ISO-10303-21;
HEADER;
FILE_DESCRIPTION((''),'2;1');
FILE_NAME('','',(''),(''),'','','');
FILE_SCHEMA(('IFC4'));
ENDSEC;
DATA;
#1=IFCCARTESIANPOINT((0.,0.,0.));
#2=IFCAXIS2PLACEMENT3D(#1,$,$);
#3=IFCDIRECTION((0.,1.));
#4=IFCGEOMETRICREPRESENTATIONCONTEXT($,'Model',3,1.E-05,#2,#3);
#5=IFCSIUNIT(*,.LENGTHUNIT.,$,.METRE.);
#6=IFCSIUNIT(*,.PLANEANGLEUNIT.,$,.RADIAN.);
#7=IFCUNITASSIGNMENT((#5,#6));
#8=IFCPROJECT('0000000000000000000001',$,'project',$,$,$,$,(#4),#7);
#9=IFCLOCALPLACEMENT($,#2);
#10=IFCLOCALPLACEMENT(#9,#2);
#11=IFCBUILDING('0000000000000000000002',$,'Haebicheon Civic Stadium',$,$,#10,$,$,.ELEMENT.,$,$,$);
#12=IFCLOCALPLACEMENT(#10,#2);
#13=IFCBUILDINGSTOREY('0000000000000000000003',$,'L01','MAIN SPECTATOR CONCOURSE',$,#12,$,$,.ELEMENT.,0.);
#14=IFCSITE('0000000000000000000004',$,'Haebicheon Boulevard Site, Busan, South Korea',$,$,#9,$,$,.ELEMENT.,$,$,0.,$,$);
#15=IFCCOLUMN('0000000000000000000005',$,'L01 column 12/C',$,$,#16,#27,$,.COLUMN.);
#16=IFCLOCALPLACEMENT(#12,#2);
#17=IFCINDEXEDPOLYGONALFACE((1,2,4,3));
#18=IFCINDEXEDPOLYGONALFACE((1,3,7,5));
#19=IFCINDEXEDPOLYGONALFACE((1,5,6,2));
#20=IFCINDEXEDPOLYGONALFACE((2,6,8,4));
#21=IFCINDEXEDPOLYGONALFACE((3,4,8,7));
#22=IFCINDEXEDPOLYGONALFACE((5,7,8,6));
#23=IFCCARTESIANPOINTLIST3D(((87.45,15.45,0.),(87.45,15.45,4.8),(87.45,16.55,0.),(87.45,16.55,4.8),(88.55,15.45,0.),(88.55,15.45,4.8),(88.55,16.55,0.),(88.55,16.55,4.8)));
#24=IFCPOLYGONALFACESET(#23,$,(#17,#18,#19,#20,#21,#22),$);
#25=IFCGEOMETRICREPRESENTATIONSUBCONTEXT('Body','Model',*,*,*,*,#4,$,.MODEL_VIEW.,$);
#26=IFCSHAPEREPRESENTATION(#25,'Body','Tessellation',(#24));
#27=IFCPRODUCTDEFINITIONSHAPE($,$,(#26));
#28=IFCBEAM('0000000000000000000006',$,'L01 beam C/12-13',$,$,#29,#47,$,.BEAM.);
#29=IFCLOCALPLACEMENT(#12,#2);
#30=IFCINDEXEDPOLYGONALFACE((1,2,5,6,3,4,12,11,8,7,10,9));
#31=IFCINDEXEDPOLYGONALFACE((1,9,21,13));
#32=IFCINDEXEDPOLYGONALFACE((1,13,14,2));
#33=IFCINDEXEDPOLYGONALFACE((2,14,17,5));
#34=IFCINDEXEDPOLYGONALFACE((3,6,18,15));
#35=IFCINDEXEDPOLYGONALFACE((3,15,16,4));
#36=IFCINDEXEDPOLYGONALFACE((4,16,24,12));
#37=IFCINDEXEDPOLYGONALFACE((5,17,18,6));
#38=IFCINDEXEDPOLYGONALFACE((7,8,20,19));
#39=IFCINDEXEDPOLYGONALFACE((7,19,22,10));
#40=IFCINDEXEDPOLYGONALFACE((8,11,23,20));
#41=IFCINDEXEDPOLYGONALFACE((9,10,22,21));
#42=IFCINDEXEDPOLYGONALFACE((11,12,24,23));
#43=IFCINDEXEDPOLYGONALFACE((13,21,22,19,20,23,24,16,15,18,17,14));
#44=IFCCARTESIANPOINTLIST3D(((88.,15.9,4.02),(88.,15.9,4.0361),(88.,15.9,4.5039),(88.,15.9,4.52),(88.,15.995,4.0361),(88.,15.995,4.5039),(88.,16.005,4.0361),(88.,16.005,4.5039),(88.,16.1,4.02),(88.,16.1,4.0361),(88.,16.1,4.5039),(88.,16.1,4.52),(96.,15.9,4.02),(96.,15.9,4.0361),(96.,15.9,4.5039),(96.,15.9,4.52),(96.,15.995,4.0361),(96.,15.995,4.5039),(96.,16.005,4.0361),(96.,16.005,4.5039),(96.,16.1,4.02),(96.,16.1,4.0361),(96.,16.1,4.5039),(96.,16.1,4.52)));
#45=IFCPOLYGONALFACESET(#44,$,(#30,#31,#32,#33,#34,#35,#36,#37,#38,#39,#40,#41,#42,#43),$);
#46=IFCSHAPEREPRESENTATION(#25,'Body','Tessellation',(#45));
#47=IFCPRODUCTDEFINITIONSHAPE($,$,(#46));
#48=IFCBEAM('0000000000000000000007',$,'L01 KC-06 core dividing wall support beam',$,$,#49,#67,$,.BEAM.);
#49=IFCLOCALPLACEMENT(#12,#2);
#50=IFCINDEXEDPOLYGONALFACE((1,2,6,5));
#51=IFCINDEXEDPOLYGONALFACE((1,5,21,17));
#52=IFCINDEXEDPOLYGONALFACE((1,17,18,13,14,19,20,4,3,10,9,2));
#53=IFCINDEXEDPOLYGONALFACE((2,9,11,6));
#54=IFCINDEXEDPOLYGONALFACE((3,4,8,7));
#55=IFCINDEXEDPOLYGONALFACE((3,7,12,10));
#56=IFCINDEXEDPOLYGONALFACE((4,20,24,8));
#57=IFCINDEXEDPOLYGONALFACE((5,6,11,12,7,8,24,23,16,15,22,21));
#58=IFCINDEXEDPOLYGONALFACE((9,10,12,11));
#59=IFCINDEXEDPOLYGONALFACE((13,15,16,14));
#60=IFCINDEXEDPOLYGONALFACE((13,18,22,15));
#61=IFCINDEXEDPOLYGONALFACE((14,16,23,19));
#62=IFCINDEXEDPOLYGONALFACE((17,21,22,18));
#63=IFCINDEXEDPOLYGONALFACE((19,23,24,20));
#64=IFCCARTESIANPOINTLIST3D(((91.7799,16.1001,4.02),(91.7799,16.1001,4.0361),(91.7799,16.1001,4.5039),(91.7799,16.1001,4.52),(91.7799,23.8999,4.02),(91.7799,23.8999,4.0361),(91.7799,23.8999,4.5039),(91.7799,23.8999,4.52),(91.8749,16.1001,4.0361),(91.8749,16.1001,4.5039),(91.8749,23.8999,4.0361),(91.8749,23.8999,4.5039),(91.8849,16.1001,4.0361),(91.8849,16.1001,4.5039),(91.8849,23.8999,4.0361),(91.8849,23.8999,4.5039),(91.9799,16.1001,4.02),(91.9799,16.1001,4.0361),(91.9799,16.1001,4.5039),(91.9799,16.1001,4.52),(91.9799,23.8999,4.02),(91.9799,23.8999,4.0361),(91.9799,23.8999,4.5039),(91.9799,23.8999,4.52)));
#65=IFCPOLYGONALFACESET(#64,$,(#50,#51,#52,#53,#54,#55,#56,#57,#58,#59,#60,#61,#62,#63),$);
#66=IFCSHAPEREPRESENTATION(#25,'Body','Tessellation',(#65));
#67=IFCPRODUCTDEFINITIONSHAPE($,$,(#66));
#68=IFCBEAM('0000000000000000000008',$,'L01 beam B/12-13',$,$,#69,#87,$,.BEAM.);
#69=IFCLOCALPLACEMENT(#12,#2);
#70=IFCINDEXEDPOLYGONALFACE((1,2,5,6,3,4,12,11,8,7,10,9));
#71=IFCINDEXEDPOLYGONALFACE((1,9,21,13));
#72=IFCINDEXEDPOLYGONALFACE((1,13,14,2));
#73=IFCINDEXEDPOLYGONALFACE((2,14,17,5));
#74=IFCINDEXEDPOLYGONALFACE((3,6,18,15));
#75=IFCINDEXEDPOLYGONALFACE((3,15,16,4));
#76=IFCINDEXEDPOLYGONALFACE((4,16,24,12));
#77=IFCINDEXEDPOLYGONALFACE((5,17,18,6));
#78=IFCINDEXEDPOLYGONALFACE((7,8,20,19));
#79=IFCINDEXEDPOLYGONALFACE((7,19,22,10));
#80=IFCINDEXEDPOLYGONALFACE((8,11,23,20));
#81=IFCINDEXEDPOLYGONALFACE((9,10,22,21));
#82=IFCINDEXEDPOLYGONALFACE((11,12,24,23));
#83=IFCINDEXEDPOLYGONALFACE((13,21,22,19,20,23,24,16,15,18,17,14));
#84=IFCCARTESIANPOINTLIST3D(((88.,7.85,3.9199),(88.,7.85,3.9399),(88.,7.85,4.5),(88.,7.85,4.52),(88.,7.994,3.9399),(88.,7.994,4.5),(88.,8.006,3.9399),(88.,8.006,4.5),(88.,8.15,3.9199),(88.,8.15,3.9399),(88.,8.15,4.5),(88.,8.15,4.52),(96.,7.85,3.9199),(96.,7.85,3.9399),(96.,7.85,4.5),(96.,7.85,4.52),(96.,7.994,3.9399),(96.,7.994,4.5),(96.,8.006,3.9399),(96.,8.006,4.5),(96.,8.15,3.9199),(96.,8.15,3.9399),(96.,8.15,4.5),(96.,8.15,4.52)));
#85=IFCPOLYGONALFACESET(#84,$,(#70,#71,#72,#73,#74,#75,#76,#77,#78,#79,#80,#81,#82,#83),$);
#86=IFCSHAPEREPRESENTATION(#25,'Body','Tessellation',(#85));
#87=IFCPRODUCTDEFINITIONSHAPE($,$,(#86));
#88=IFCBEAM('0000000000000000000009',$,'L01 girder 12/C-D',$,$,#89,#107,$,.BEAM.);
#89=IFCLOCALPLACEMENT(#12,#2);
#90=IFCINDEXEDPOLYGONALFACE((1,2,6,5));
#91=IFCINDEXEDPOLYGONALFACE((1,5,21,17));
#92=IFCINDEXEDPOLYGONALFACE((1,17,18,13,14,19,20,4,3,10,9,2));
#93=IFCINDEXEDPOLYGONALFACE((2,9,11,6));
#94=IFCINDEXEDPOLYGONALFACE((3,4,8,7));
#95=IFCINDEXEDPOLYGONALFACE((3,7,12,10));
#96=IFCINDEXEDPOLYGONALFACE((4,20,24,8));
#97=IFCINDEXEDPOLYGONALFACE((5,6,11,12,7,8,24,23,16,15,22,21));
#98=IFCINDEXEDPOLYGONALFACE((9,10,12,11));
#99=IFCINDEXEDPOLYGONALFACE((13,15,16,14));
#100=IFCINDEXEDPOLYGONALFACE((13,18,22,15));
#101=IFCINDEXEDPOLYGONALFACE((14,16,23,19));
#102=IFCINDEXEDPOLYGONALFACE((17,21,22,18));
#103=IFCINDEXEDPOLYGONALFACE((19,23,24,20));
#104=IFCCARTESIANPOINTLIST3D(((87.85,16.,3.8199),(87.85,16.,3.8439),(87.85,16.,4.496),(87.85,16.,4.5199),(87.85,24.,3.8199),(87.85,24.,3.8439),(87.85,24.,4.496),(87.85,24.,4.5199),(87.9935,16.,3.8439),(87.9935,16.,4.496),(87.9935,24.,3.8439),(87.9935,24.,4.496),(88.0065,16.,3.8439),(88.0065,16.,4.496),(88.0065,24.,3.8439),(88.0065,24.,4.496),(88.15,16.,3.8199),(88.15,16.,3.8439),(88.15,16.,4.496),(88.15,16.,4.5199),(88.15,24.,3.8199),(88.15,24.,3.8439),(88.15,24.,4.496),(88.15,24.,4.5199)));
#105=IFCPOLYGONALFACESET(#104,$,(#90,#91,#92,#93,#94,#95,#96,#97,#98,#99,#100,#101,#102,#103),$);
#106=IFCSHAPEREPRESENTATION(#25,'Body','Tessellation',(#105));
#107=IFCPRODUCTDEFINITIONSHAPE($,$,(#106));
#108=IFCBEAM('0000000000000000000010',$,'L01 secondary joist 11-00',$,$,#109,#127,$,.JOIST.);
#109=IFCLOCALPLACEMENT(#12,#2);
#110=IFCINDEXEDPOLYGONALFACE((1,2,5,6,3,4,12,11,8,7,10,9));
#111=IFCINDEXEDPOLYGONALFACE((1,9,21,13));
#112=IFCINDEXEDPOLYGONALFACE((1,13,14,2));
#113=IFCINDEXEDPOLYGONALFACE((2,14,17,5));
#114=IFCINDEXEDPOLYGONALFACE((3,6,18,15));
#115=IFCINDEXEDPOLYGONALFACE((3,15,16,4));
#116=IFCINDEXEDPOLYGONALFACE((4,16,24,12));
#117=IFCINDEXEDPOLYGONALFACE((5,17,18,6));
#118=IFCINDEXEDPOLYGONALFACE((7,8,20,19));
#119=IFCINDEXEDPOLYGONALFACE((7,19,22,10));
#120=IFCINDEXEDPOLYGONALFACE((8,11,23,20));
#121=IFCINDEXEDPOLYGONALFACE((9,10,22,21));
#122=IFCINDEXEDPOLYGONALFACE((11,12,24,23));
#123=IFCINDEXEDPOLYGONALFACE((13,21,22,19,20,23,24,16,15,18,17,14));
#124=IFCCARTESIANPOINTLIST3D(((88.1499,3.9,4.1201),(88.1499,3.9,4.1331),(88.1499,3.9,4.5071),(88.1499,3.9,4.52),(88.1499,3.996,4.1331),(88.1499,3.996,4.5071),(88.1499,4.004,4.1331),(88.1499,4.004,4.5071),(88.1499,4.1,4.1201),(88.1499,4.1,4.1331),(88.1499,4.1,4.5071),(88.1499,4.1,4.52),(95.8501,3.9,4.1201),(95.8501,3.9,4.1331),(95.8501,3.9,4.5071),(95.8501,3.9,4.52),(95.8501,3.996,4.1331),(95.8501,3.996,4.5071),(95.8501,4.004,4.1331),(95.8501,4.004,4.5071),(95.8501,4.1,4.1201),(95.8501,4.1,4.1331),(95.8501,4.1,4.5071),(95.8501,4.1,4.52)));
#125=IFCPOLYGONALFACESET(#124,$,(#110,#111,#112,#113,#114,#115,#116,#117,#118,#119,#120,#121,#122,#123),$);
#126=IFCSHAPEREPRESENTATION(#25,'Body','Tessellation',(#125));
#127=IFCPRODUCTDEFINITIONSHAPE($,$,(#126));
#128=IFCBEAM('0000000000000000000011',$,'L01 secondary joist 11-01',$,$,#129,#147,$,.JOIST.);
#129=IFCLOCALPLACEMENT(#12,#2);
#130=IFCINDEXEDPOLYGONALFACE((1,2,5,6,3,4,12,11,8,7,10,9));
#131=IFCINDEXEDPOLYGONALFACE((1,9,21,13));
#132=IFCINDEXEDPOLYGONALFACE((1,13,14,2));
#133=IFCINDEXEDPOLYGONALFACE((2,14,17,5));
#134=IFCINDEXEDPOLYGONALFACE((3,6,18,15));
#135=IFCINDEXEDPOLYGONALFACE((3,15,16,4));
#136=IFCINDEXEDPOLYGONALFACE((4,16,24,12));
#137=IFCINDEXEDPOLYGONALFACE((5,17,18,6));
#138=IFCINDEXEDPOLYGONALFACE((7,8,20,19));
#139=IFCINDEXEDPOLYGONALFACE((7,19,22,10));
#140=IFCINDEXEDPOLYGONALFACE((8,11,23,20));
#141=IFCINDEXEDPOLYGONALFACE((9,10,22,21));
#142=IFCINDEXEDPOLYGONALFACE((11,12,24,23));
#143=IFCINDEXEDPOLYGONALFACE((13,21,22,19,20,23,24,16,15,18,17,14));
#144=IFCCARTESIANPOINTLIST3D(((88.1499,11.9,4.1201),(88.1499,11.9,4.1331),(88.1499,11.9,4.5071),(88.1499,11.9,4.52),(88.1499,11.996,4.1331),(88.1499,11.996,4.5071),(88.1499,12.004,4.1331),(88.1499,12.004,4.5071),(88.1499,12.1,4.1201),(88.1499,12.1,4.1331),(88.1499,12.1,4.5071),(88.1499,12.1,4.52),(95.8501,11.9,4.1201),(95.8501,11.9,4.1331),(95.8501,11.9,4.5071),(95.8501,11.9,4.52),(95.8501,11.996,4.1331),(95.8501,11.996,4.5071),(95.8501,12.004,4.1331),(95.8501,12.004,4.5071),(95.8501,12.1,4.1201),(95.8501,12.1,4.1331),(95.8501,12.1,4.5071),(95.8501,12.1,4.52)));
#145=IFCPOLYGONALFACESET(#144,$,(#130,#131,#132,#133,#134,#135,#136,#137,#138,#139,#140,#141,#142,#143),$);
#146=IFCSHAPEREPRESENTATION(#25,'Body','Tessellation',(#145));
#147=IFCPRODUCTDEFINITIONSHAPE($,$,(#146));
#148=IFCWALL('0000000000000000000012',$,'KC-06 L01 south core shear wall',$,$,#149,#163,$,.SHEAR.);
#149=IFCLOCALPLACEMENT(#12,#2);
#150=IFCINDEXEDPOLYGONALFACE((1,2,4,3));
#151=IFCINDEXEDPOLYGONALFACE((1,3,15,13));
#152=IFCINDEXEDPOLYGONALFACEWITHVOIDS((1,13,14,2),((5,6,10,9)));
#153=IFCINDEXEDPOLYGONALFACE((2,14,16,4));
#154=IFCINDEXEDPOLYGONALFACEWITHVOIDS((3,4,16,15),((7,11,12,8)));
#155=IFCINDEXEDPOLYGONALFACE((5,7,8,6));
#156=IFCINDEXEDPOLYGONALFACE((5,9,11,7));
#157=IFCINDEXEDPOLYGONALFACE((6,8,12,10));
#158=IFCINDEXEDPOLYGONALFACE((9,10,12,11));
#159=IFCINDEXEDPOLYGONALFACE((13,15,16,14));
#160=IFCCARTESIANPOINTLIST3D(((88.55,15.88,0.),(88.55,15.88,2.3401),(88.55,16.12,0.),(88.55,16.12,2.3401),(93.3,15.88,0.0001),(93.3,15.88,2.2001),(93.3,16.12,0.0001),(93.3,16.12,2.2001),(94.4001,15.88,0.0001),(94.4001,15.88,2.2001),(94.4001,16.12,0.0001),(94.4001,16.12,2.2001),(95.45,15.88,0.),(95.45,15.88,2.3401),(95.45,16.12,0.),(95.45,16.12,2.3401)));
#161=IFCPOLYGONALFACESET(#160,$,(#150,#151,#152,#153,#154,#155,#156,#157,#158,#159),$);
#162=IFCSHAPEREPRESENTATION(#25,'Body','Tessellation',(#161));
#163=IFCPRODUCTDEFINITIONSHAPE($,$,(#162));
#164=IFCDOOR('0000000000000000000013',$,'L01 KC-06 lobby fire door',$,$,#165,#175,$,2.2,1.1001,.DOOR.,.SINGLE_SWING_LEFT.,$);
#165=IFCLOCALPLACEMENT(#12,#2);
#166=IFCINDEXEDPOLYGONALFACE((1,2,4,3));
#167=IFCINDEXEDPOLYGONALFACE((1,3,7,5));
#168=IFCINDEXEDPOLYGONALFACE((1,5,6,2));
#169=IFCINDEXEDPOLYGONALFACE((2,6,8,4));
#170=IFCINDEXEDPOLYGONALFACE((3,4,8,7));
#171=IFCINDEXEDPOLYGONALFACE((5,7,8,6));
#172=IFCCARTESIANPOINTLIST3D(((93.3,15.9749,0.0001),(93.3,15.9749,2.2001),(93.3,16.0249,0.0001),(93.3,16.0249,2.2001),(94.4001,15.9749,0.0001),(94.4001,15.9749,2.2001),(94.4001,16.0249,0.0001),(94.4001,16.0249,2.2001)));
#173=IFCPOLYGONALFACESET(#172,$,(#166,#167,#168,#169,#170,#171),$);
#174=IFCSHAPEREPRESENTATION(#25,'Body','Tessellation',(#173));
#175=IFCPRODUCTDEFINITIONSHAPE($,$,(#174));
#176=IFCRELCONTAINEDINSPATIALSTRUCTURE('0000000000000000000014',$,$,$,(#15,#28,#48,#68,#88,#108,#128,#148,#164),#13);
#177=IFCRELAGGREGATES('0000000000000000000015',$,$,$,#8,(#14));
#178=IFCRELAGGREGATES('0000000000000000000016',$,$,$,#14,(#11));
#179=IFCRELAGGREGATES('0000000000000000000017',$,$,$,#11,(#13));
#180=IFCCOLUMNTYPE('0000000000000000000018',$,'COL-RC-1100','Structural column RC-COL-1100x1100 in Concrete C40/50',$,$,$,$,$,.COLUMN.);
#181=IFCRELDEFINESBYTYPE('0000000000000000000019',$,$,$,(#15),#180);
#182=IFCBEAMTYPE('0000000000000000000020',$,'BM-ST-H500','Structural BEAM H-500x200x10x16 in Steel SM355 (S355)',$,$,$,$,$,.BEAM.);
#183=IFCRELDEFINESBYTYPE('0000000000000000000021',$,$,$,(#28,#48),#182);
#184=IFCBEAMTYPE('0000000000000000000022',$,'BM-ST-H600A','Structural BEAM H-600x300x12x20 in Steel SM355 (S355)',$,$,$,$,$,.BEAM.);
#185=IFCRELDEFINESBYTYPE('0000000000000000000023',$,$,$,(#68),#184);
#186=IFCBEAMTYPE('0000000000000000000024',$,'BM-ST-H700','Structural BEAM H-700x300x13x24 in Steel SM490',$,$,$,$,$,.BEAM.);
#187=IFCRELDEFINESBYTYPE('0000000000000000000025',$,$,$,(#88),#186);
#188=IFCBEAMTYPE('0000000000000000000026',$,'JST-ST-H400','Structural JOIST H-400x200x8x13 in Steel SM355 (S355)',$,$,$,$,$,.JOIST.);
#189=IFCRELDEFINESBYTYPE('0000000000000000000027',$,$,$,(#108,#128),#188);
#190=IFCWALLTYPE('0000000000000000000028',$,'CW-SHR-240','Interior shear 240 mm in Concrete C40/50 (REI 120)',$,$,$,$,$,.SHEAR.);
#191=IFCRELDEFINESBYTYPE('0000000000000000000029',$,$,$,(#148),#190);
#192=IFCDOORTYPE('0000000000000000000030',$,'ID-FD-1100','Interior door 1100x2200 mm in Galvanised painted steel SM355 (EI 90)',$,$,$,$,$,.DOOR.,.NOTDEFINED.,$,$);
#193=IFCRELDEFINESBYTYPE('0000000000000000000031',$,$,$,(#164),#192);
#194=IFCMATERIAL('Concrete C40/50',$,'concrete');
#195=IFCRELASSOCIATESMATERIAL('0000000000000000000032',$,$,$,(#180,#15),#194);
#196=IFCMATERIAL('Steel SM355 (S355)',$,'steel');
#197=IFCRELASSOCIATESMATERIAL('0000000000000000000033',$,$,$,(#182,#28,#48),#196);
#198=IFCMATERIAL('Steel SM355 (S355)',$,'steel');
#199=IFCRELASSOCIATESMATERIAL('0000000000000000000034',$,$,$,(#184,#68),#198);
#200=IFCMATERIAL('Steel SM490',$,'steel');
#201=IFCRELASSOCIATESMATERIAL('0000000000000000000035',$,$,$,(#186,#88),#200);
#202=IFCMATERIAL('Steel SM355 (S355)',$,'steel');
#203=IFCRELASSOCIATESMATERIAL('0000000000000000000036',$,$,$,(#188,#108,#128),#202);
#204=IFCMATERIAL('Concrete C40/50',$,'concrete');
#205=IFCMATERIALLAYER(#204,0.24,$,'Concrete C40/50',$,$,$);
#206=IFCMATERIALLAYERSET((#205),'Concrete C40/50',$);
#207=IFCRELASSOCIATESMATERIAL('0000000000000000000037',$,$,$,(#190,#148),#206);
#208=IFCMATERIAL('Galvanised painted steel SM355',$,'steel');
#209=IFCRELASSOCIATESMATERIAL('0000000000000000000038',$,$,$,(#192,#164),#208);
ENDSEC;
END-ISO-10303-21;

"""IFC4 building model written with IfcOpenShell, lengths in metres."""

from ifc_helpers import new_model, si_unit, direction, frame, frame_2d, origin, origin_2d, place, context, subcontext, project, spatial, rectangle, i_section, extrude, material, layer, layer_set, material_profile, profile_set, type_object, element, fill, save


model = new_model("IFC4")

# Units and contexts
model_context = context("Model", 3, precision=1e-05, world=origin(), true_north=direction((0.0, 1.0)))
body_context = subcontext(model_context, "Body", "Model", "MODEL_VIEW")
ifc_project = project(units=[si_unit("LENGTHUNIT", "METRE"), si_unit("PLANEANGLEUNIT", "RADIAN")], contexts=[model_context])

# Site, building, storey
site_placement = place(None, origin())
site = spatial("IfcSite", under=ifc_project, at=site_placement, Name="Haebicheon Boulevard Site, Busan, South Korea", CompositionType="ELEMENT", RefElevation=0.0)
building_placement = place(site_placement, origin())
building = spatial("IfcBuilding", under=site, at=building_placement, Name="Haebicheon Civic Stadium", CompositionType="ELEMENT")
storey_placement = place(building_placement, origin())
storey = spatial("IfcBuildingStorey", under=building, at=storey_placement, Name="L01", Description="MAIN SPECTATOR CONCOURSE", CompositionType="ELEMENT", Elevation=0.0)

# Column
ifc_material_1 = material(Name="Concrete C40/50", Category="concrete")
ifc_material_profile_1 = material_profile(ifc_material_1, rectangle(XDim=1.1001, YDim=1.1001, at=origin_2d()), Name="RC-COL-1100x1100")
ifc_profile_set_1 = profile_set([ifc_material_profile_1], Name="Concrete C40/50")
column_type = type_object("IfcColumnType", Name="COL-RC-1100", Description="Structural column RC-COL-1100x1100 in Concrete C40/50", PredefinedType="COLUMN", material=ifc_profile_set_1)
column_placement = place(storey_placement, frame((88.0, 16.0, 0.0), z_axis=(0.0, 0.0, 1.0), x_axis=(1.0, 0.0, 0.0)))
element("IfcColumn", 1, at=column_placement, inside=storey, type_object=column_type, material=ifc_profile_set_1, Name="L01 column 12/C", PredefinedType="COLUMN", context=body_context, shape_type="SweptSolid", body=[
    extrude(rectangle(XDim=1.1001, YDim=1.1001, at=origin_2d()), origin(), (0.0, 0.0, 1.0), 4.8),
])

# Beams
ifc_material_2 = material(Name="Steel SM355 (S355)", Category="steel")
ifc_material_profile_2 = material_profile(ifc_material_2, i_section(OverallWidth=0.2, OverallDepth=0.5, WebThickness=0.01, FlangeThickness=0.0161, at=origin_2d()), Name="H-500x200x10x16")
ifc_profile_set_2 = profile_set([ifc_material_profile_2], Name="Steel SM355 (S355)")
beam_type_1 = type_object("IfcBeamType", Name="BM-ST-H500", Description="Structural BEAM H-500x200x10x16 in Steel SM355 (S355)", PredefinedType="BEAM", material=ifc_profile_set_2)
beam_1_placement = place(storey_placement, frame((88.0, 16.0, 4.27), z_axis=(1.0, 0.0, 0.0), x_axis=(0.0, 1.0, 0.0)))
element("IfcBeam", 2, at=beam_1_placement, inside=storey, type_object=beam_type_1, material=ifc_profile_set_2, Name="L01 beam C/12-13", PredefinedType="BEAM", context=body_context, shape_type="SweptSolid", body=[
    extrude(i_section(OverallWidth=0.2, OverallDepth=0.5, WebThickness=0.01, FlangeThickness=0.0161, at=origin_2d()), origin(), (0.0, 0.0, 1.0), 8.0),
])
beam_2_placement = place(storey_placement, frame((91.8799, 16.1001, 4.27), z_axis=(0.0, 1.0, 0.0), x_axis=(-1.0, 0.0, 0.0)))
element("IfcBeam", 3, at=beam_2_placement, inside=storey, type_object=beam_type_1, material=ifc_profile_set_2, Name="L01 KC-06 core dividing wall support beam", PredefinedType="BEAM", context=body_context, shape_type="SweptSolid", body=[
    extrude(i_section(OverallWidth=0.2, OverallDepth=0.5, WebThickness=0.01, FlangeThickness=0.0161, at=origin_2d()), origin(), (0.0, 0.0, 1.0), 7.7998),
])
ifc_material_3 = material(Name="Steel SM355 (S355)", Category="steel")
ifc_material_profile_3 = material_profile(ifc_material_3, i_section(OverallWidth=0.3, OverallDepth=0.6001, WebThickness=0.012, FlangeThickness=0.02, at=origin_2d()), Name="H-600x300x12x20")
ifc_profile_set_3 = profile_set([ifc_material_profile_3], Name="Steel SM355 (S355)")
beam_type_2 = type_object("IfcBeamType", Name="BM-ST-H600A", Description="Structural BEAM H-600x300x12x20 in Steel SM355 (S355)", PredefinedType="BEAM", material=ifc_profile_set_3)
beam_3_placement = place(storey_placement, frame((88.0, 8.0, 4.22), z_axis=(1.0, 0.0, 0.0), x_axis=(0.0, 1.0, 0.0)))
element("IfcBeam", 4, at=beam_3_placement, inside=storey, type_object=beam_type_2, material=ifc_profile_set_3, Name="L01 beam B/12-13", PredefinedType="BEAM", context=body_context, shape_type="SweptSolid", body=[
    extrude(i_section(OverallWidth=0.3, OverallDepth=0.6001, WebThickness=0.012, FlangeThickness=0.02, at=origin_2d()), origin(), (0.0, 0.0, 1.0), 8.0),
])
ifc_material_4 = material(Name="Steel SM490", Category="steel")
ifc_material_profile_4 = material_profile(ifc_material_4, i_section(OverallWidth=0.3, OverallDepth=0.7, WebThickness=0.0129, FlangeThickness=0.0239, at=origin_2d()), Name="H-700x300x13x24")
ifc_profile_set_4 = profile_set([ifc_material_profile_4], Name="Steel SM490")
beam_type_3 = type_object("IfcBeamType", Name="BM-ST-H700", Description="Structural BEAM H-700x300x13x24 in Steel SM490", PredefinedType="BEAM", material=ifc_profile_set_4)
beam_4_placement = place(storey_placement, frame((88.0, 16.0, 4.1699), z_axis=(0.0, 1.0, 0.0), x_axis=(-1.0, 0.0, 0.0)))
element("IfcBeam", 5, at=beam_4_placement, inside=storey, type_object=beam_type_3, material=ifc_profile_set_4, Name="L01 girder 12/C-D", PredefinedType="BEAM", context=body_context, shape_type="SweptSolid", body=[
    extrude(i_section(OverallWidth=0.3, OverallDepth=0.7, WebThickness=0.0129, FlangeThickness=0.0239, at=origin_2d()), origin(), (0.0, 0.0, 1.0), 8.0),
])
ifc_material_5 = material(Name="Steel SM355 (S355)", Category="steel")
ifc_material_profile_5 = material_profile(ifc_material_5, i_section(OverallWidth=0.2, OverallDepth=0.3999, WebThickness=0.0081, FlangeThickness=0.0129, at=origin_2d()), Name="H-400x200x8x13")
ifc_profile_set_5 = profile_set([ifc_material_profile_5], Name="Steel SM355 (S355)")
beam_type_4 = type_object("IfcBeamType", Name="JST-ST-H400", Description="Structural JOIST H-400x200x8x13 in Steel SM355 (S355)", PredefinedType="JOIST", material=ifc_profile_set_5)
for number, where, z_axis, x_axis, name in (
    (6, (88.1499, 4.0, 4.3201), (1.0, 0.0, 0.0), (0.0, 1.0, 0.0), "L01 secondary joist 11-00"),
    (7, (88.1499, 12.0, 4.3201), (1.0, 0.0, 0.0), (0.0, 1.0, 0.0), "L01 secondary joist 11-01"),
):
    element("IfcBeam", number, at=place(storey_placement, frame(where, z_axis=z_axis, x_axis=x_axis)), inside=storey, type_object=beam_type_4, material=ifc_profile_set_5, Name=name, PredefinedType="JOIST", context=body_context, shape_type="SweptSolid", body=[
        extrude(i_section(OverallWidth=0.2, OverallDepth=0.3999, WebThickness=0.0081, FlangeThickness=0.0129, at=origin_2d()), origin(), (0.0, 0.0, 1.0), 7.7002),
    ])

# Wall, opening, door
ifc_material_6 = material(Name="Concrete C40/50", Category="concrete")
ifc_layer_1 = layer(ifc_material_6, 0.24, Name="Concrete C40/50")
ifc_layer_set_1 = layer_set([ifc_layer_1], Name="Concrete C40/50")
wall_type_1 = type_object("IfcWallType", Name="CW-SHR-240", Description="Interior shear 240 mm in Concrete C40/50 (REI 120)", PredefinedType="SHEAR", material=ifc_layer_set_1)
wall_1_placement = place(storey_placement, frame((88.55, 16.0, 0.0), z_axis=(0.0, 0.0, 1.0), x_axis=(1.0, 0.0, 0.0)))
wall_1 = element("IfcWall", 8, at=wall_1_placement, inside=storey, type_object=wall_type_1, material=ifc_layer_set_1, Name="KC-06 L01 south core shear wall", PredefinedType="SHEAR", context=body_context, shape_type="SweptSolid", body=[
    extrude(rectangle(XDim=6.8999, YDim=0.24, at=frame_2d((3.45, 0.0))), origin(), (0.0, 0.0, 1.0), 2.3401),
])
opening_1_placement = place(wall_1_placement, frame((4.75, 0.0, 0.0)))
opening_1 = element("IfcOpeningElement", 9, at=opening_1_placement, cuts=wall_1, PredefinedType="OPENING", context=body_context, shape_type="SweptSolid", body=[
    extrude(rectangle(XDim=1.1001, YDim=2.2, at=frame_2d((0.55, 1.1001))), frame((0.0, 0.1299, 0.0), z_axis=(0.0, -1.0, 0.0), x_axis=(1.0, 0.0, 0.0)), (0.0, 0.0, 1.0), 0.26),
])
ifc_material_7 = material(Name="Galvanised painted steel SM355", Category="steel")
door_type_1 = type_object("IfcDoorType", Name="ID-FD-1100", Description="Interior door 1100x2200 mm in Galvanised painted steel SM355 (EI 90)", OperationType="NOTDEFINED", PredefinedType="DOOR", material=ifc_material_7)
door_1_placement = place(opening_1_placement, origin())
door_1 = element("IfcDoor", 10, at=door_1_placement, inside=storey, type_object=door_type_1, material=ifc_material_7, Name="L01 KC-06 lobby fire door", OperationType="SINGLE_SWING_LEFT", OverallHeight=2.2, OverallWidth=1.1001, PredefinedType="DOOR", context=body_context, shape_type="SweptSolid", body=[
    extrude(rectangle(XDim=1.1001, YDim=2.2, at=frame_2d((0.55, 1.1001))), frame((0.0, 0.0249, 0.0), z_axis=(0.0, -1.0, 0.0), x_axis=(1.0, 0.0, 0.0)), (0.0, 0.0, 1.0), 0.05),
])
fill(opening_1, door_1)

save(model, "model.ifc")
